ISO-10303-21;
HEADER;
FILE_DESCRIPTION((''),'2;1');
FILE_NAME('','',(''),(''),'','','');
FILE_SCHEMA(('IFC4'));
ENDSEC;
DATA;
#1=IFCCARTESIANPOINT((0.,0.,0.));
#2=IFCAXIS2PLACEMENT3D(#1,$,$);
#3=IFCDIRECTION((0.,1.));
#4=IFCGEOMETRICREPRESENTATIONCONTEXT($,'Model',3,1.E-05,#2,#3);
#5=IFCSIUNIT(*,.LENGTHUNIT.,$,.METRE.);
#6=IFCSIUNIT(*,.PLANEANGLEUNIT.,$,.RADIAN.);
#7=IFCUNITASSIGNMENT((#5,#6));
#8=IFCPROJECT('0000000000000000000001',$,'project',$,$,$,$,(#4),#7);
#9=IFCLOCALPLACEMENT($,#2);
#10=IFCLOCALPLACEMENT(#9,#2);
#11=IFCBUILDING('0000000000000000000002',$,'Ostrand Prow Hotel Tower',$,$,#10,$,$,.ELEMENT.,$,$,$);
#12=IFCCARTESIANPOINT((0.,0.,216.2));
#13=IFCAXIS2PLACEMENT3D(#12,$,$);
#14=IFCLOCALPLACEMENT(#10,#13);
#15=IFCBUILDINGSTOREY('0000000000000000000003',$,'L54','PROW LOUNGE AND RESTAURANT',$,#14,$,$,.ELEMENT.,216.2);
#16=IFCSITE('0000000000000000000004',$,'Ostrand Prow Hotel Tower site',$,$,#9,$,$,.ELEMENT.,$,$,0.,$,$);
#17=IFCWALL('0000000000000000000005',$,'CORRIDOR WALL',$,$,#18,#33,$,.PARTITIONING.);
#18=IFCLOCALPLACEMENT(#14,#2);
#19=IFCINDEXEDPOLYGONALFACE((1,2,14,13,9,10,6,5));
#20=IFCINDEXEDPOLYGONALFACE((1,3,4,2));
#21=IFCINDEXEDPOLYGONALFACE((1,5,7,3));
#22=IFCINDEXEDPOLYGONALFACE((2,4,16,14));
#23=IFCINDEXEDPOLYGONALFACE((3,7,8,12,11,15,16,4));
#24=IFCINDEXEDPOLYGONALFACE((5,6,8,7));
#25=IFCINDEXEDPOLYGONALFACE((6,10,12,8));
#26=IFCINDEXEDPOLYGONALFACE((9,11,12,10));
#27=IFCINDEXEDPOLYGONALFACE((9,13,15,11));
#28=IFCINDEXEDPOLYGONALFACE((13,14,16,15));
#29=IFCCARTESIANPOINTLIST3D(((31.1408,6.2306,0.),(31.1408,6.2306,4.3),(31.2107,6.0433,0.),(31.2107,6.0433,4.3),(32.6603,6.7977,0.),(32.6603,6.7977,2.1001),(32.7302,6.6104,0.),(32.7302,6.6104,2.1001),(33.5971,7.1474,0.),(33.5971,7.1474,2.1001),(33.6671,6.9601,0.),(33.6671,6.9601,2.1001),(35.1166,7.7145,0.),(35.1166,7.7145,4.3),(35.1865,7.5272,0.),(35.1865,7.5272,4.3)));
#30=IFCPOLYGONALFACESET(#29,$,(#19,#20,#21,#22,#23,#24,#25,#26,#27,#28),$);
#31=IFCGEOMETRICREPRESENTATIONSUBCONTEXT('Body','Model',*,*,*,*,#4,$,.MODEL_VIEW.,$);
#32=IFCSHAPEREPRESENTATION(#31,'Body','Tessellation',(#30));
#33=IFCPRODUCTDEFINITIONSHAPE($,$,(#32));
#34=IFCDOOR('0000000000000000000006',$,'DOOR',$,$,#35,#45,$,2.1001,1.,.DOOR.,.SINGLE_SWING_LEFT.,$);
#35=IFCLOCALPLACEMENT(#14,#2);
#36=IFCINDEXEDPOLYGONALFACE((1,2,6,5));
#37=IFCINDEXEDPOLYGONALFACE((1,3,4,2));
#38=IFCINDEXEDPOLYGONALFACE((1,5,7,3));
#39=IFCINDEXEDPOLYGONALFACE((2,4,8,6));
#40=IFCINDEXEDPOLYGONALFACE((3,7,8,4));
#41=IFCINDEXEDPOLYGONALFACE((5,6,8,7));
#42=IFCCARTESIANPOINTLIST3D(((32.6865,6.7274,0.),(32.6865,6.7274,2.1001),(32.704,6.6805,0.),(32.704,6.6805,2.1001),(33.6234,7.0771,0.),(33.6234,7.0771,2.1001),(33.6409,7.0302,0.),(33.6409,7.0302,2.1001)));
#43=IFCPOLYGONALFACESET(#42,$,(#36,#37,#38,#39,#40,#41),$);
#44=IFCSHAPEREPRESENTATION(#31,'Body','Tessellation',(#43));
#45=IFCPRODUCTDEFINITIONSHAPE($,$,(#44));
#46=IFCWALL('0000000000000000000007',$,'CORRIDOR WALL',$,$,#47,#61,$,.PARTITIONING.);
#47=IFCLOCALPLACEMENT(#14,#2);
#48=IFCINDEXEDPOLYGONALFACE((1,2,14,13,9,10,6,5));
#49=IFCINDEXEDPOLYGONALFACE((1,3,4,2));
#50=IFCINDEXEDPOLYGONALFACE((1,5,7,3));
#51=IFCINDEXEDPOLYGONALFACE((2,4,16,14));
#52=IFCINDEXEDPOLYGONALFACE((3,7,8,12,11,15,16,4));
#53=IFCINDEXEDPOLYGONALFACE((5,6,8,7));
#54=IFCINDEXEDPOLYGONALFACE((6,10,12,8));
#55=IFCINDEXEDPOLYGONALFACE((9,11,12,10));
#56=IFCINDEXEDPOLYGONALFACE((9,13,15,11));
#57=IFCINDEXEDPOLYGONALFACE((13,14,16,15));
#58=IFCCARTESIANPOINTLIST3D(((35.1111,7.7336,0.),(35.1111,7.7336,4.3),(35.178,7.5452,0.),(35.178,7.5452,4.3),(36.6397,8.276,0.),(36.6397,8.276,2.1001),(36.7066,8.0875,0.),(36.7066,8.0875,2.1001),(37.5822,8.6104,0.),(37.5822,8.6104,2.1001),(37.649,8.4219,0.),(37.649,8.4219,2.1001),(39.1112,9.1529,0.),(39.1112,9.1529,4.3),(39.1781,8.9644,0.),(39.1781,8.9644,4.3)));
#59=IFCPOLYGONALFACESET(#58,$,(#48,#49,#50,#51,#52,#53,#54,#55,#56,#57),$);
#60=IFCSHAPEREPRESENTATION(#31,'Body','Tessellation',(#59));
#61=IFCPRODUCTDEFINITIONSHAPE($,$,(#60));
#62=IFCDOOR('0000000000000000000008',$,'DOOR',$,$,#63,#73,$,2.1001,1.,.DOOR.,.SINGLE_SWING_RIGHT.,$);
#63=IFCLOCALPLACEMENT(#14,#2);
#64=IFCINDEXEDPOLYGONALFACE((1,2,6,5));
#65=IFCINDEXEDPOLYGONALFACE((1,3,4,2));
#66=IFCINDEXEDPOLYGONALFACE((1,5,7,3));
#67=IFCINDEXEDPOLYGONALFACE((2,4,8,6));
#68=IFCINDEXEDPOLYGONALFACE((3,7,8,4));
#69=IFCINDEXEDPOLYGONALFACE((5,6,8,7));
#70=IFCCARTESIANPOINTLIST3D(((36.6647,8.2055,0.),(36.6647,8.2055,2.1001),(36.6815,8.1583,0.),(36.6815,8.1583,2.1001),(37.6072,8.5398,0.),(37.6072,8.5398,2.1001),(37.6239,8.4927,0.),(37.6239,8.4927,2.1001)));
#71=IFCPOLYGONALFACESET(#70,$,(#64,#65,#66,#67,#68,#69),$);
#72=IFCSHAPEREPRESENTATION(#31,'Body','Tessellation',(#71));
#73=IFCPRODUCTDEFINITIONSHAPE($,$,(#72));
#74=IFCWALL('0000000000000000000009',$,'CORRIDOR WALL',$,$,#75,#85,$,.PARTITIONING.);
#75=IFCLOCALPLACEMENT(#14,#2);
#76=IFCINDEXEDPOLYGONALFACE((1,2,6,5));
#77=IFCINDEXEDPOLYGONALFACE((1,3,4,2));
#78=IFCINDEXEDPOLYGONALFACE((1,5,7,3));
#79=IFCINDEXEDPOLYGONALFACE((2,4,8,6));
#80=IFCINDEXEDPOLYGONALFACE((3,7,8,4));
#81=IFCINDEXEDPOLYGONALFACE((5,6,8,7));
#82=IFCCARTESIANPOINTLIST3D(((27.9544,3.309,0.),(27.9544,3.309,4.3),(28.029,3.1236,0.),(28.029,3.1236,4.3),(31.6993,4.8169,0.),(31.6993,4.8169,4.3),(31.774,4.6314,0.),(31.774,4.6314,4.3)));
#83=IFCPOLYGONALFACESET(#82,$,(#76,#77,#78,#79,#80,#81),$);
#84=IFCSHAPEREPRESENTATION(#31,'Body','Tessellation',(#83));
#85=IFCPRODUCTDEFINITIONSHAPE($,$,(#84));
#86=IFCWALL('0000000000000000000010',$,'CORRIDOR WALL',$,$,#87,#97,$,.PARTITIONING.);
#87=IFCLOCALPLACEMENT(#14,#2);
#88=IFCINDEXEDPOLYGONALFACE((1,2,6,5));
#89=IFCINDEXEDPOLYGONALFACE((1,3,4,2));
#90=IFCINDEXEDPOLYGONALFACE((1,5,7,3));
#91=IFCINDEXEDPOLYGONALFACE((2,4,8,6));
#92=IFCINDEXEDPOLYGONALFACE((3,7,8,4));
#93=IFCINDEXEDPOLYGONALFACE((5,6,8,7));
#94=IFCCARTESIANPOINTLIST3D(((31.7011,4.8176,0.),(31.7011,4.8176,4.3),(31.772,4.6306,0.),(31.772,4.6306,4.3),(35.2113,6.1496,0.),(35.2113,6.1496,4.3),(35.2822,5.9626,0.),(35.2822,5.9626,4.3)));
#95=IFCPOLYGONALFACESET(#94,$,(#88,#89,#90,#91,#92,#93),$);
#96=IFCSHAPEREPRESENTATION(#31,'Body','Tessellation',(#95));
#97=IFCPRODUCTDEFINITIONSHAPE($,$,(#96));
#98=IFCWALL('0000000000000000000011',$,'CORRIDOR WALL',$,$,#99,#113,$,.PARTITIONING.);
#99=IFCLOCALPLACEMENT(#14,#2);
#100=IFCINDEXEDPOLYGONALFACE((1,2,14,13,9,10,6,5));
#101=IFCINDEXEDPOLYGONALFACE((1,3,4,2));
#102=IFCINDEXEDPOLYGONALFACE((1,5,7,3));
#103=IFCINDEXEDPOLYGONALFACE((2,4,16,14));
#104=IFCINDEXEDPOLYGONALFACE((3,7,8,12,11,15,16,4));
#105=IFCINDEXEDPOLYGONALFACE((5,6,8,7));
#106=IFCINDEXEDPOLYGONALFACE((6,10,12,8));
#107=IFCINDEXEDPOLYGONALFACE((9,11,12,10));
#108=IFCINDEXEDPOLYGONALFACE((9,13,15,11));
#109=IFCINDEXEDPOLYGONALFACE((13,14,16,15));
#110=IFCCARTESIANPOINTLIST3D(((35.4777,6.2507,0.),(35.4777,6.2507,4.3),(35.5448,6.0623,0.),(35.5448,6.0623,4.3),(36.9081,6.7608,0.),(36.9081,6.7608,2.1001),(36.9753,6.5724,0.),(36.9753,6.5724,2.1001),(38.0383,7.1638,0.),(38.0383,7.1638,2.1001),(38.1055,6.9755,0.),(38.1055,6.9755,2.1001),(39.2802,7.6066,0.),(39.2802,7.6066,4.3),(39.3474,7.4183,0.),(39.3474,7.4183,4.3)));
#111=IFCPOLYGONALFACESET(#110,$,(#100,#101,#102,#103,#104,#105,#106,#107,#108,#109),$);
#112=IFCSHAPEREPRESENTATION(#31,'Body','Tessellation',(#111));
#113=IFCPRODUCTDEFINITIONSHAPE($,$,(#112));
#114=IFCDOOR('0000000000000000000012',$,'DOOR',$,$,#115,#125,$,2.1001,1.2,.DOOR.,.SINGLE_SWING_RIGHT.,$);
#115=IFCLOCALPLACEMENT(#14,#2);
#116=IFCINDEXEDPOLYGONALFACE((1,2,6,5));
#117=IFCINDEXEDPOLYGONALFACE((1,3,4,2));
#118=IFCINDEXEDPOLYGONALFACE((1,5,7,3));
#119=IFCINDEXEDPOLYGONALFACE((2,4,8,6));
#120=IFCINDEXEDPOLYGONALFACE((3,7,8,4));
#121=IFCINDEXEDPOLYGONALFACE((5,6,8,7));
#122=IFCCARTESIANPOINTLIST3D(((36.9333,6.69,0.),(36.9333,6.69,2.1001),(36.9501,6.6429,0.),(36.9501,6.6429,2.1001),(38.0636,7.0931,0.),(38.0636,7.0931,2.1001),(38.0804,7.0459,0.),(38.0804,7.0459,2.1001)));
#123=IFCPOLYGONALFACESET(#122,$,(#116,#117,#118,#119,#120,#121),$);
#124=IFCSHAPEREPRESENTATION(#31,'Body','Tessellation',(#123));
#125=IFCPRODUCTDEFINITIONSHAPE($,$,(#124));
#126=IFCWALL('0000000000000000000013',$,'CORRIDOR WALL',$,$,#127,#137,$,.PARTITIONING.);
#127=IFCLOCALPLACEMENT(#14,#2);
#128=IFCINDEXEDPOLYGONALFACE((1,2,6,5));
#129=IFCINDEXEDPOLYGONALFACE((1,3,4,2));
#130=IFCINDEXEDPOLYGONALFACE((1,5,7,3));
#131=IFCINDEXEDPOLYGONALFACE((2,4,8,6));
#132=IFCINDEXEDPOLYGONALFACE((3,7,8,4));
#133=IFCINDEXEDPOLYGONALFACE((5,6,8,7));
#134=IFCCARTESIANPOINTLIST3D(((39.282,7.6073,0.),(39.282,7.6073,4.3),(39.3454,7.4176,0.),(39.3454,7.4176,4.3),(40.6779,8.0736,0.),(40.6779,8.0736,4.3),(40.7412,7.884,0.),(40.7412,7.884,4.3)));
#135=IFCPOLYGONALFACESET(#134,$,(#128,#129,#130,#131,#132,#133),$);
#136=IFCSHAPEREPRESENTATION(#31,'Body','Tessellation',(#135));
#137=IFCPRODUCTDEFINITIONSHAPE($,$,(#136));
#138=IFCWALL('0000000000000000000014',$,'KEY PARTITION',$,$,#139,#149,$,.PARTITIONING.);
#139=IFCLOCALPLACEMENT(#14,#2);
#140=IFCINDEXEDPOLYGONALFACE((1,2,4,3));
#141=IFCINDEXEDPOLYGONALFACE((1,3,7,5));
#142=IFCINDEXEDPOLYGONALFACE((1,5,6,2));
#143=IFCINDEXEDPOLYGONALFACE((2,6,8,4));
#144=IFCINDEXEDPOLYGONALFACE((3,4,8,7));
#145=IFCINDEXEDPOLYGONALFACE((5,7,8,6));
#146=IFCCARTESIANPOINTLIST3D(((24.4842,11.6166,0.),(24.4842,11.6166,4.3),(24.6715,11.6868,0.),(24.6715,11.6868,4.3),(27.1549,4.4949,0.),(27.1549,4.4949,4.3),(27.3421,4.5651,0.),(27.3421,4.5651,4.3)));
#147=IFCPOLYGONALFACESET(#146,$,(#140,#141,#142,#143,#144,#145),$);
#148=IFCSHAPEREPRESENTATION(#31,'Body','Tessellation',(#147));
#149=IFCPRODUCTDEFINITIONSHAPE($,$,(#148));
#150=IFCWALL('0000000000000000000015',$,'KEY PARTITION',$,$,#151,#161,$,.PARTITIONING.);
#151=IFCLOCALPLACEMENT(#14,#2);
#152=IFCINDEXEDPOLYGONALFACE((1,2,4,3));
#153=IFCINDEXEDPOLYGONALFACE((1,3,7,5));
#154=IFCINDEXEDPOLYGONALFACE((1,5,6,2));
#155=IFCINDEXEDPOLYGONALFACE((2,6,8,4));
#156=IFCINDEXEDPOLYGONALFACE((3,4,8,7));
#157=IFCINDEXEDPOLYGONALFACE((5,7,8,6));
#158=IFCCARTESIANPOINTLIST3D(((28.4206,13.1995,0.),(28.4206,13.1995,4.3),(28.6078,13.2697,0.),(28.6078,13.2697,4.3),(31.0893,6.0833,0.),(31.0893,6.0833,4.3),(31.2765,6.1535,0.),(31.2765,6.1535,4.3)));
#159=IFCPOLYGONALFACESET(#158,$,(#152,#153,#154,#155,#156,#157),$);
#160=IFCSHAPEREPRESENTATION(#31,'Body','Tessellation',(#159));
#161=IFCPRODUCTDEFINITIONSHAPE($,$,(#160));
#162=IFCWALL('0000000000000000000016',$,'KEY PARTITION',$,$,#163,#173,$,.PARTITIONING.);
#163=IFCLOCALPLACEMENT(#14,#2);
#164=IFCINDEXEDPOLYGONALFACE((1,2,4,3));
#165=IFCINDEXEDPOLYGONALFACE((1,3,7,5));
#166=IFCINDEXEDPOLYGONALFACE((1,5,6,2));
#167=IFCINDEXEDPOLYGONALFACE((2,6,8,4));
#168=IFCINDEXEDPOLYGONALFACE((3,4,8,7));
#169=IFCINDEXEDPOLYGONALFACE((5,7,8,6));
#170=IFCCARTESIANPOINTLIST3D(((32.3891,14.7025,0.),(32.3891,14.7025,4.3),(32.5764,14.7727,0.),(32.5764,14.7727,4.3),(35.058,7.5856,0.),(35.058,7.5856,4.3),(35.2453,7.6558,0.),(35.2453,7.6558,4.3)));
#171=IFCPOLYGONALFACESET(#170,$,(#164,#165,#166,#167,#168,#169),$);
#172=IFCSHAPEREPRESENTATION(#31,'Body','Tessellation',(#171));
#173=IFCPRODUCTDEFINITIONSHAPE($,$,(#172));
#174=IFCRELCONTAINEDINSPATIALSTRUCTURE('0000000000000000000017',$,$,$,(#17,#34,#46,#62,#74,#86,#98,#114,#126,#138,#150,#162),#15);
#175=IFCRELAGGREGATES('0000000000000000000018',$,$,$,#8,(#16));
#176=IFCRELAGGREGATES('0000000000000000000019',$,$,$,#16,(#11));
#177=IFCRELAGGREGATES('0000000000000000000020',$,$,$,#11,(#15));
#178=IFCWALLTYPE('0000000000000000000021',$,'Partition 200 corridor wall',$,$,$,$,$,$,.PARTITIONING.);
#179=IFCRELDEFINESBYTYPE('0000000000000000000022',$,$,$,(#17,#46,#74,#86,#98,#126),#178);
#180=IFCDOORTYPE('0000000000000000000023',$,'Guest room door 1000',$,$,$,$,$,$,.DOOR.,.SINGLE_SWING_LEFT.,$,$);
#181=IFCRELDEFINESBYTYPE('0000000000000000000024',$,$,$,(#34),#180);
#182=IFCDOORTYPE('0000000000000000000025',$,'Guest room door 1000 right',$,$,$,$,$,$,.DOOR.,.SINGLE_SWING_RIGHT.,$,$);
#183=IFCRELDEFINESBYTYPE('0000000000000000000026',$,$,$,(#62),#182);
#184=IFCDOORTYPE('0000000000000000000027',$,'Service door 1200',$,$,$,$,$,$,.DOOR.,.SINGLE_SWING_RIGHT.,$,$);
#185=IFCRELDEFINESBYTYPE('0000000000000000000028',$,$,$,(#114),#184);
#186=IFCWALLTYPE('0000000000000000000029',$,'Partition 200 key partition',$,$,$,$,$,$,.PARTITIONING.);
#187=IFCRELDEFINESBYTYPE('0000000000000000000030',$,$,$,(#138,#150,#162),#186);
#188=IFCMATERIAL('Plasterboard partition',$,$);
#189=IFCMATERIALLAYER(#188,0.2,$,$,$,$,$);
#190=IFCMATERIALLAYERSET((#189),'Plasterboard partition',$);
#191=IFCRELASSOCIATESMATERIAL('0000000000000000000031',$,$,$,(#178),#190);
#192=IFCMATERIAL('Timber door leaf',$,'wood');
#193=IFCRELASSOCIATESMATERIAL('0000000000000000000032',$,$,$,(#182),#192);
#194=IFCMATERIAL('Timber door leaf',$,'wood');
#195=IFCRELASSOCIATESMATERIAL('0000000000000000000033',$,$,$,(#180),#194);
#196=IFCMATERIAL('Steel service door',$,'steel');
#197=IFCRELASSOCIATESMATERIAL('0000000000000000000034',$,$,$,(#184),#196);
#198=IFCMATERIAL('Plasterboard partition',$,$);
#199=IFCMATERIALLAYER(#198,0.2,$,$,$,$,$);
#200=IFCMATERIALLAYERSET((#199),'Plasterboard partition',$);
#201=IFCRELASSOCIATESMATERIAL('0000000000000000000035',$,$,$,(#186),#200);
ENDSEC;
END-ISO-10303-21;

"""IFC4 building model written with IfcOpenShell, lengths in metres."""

from ifc_helpers import new_model, si_unit, direction, frame, frame_2d, origin, place, context, subcontext, project, spatial, rectangle, extrude, material, layer, layer_set, type_object, element, fill, save


model = new_model("IFC4")

# Units and contexts
model_context = context("Model", 3, precision=1e-05, world=origin(), true_north=direction((0.0, 1.0)))
body_context = subcontext(model_context, "Body", "Model", "MODEL_VIEW")
ifc_project = project(units=[si_unit("LENGTHUNIT", "METRE"), si_unit("PLANEANGLEUNIT", "RADIAN")], contexts=[model_context])

# Site, building, storey
site_placement = place(None, origin())
site = spatial("IfcSite", under=ifc_project, at=site_placement, Name="Ostrand Prow Hotel Tower site", CompositionType="ELEMENT", RefElevation=0.0)
building_placement = place(site_placement, origin())
building = spatial("IfcBuilding", under=site, at=building_placement, Name="Ostrand Prow Hotel Tower", CompositionType="ELEMENT")
storey_placement = place(building_placement, frame((0.0, 0.0, 216.2)))
storey = spatial("IfcBuildingStorey", under=building, at=storey_placement, Name="L54", Description="PROW LOUNGE AND RESTAURANT", CompositionType="ELEMENT", Elevation=216.2)

# Walls, openings, doors
ifc_material_1 = material(Name="Plasterboard partition")
ifc_layer_1 = layer(ifc_material_1, 0.2)
ifc_layer_set_1 = layer_set([ifc_layer_1], Name="Plasterboard partition")
wall_type_1 = type_object("IfcWallType", Name="Partition 200 corridor wall", PredefinedType="PARTITIONING", material=ifc_layer_set_1)
ifc_material_2 = material(Name="Timber door leaf", Category="wood")
door_type_1 = type_object("IfcDoorType", Name="Guest room door 1000 right", OperationType="SINGLE_SWING_RIGHT", PredefinedType="DOOR", material=ifc_material_2)
wall_1_placement = place(storey_placement, frame((31.1758, 6.137, 0.0), z_axis=(0.0, 0.0, 1.0), x_axis=(0.936874, 0.349667, 0.0)))
wall_1 = element("IfcWall", 1, at=wall_1_placement, inside=storey, type_object=wall_type_1, Name="CORRIDOR WALL", PredefinedType="PARTITIONING", context=body_context, shape_type="SweptSolid", body=[
    extrude(rectangle(XDim=4.2437, YDim=0.2, at=frame_2d((2.1218, 0.0))), origin(), (0.0, 0.0, 1.0), 4.3),
])
opening_1_placement = place(wall_1_placement, frame((1.6218, 0.0, 0.0)))
opening_1 = element("IfcOpeningElement", 2, at=opening_1_placement, cuts=wall_1, PredefinedType="OPENING", context=body_context, shape_type="SweptSolid", body=[
    extrude(rectangle(XDim=1.0, YDim=2.1001, at=frame_2d((0.5, 1.05))), frame((0.0, 0.1099, 0.0), z_axis=(0.0, -1.0, 0.0), x_axis=(1.0, 0.0, 0.0)), (0.0, 0.0, 1.0), 0.22),
])
ifc_material_3 = material(Name="Timber door leaf", Category="wood")
door_type_2 = type_object("IfcDoorType", Name="Guest room door 1000", OperationType="SINGLE_SWING_LEFT", PredefinedType="DOOR", material=ifc_material_3)
door_1_placement = place(opening_1_placement, origin())
door_1 = element("IfcDoor", 3, at=door_1_placement, inside=storey, type_object=door_type_2, Name="DOOR", OperationType="SINGLE_SWING_LEFT", OverallHeight=2.1001, OverallWidth=1.0, PredefinedType="DOOR", context=body_context, shape_type="SweptSolid", body=[
    extrude(rectangle(XDim=1.0, YDim=2.1001, at=frame_2d((0.5, 1.05))), frame((0.0, 0.0249, 0.0), z_axis=(0.0, -1.0, 0.0), x_axis=(1.0, 0.0, 0.0)), (0.0, 0.0, 1.0), 0.05),
])
fill(opening_1, door_1)
wall_2_placement = place(storey_placement, frame((39.1445, 9.0586, 0.0), z_axis=(0.0, 0.0, 1.0), x_axis=(-0.94244, -0.334375, 0.0)))
wall_2 = element("IfcWall", 4, at=wall_2_placement, inside=storey, type_object=wall_type_1, Name="CORRIDOR WALL", PredefinedType="PARTITIONING", context=body_context, shape_type="SweptSolid", body=[
    extrude(rectangle(XDim=4.2444, YDim=0.2, at=frame_2d((2.1221, 0.0))), origin(), (0.0, 0.0, 1.0), 4.3),
])
opening_2_placement = place(wall_2_placement, frame((1.6223, 0.0, 0.0)))
opening_2 = element("IfcOpeningElement", 5, at=opening_2_placement, cuts=wall_2, PredefinedType="OPENING", context=body_context, shape_type="SweptSolid", body=[
    extrude(rectangle(XDim=1.0, YDim=2.1001, at=frame_2d((0.5, 1.05))), frame((0.0, 0.1099, 0.0), z_axis=(0.0, -1.0, 0.0), x_axis=(1.0, 0.0, 0.0)), (0.0, 0.0, 1.0), 0.22),
])
door_2_placement = place(opening_2_placement, origin())
door_2 = element("IfcDoor", 6, at=door_2_placement, inside=storey, type_object=door_type_1, Name="DOOR", OperationType="SINGLE_SWING_RIGHT", OverallHeight=2.1001, OverallWidth=1.0, PredefinedType="DOOR", context=body_context, shape_type="SweptSolid", body=[
    extrude(rectangle(XDim=1.0, YDim=2.1001, at=frame_2d((0.5, 1.05))), frame((0.0, 0.0249, 0.0), z_axis=(0.0, -1.0, 0.0), x_axis=(1.0, 0.0, 0.0)), (0.0, 0.0, 1.0), 0.05),
])
fill(opening_2, door_2)

# Walls
wall_3_placement = place(storey_placement, frame((27.9917, 3.2163, 0.0), z_axis=(0.0, 0.0, 1.0), x_axis=(0.927632, 0.373496, 0.0)))
element("IfcWall", 7, at=wall_3_placement, inside=storey, type_object=wall_type_1, Name="CORRIDOR WALL", PredefinedType="PARTITIONING", context=body_context, shape_type="SweptSolid", body=[
    extrude(rectangle(XDim=4.0371, YDim=0.2, at=frame_2d((2.0186, 0.0))), origin(), (0.0, 0.0, 1.0), 4.3),
])
wall_4_placement = place(storey_placement, frame((31.7366, 4.7241, 0.0), z_axis=(0.0, 0.0, 1.0), x_axis=(0.934948, 0.354784, 0.0)))
element("IfcWall", 8, at=wall_4_placement, inside=storey, type_object=wall_type_1, Name="CORRIDOR WALL", PredefinedType="PARTITIONING", context=body_context, shape_type="SweptSolid", body=[
    extrude(rectangle(XDim=3.7544, YDim=0.2, at=frame_2d((1.8772, 0.0))), origin(), (0.0, 0.0, 1.0), 4.3),
])

# Wall, opening, door
wall_5_placement = place(storey_placement, frame((35.5112, 6.1565, 0.0), z_axis=(0.0, 0.0, 1.0), x_axis=(0.941905, 0.33588, 0.0)))
wall_5 = element("IfcWall", 9, at=wall_5_placement, inside=storey, type_object=wall_type_1, Name="CORRIDOR WALL", PredefinedType="PARTITIONING", context=body_context, shape_type="SweptSolid", body=[
    extrude(rectangle(XDim=4.0371, YDim=0.2, at=frame_2d((2.0186, 0.0))), origin(), (0.0, 0.0, 1.0), 4.3),
])
opening_3_placement = place(wall_5_placement, frame((1.5186, 0.0, 0.0)))
opening_3 = element("IfcOpeningElement", 10, at=opening_3_placement, cuts=wall_5, PredefinedType="OPENING", context=body_context, shape_type="SweptSolid", body=[
    extrude(rectangle(XDim=1.2, YDim=2.1001, at=frame_2d((0.6001, 1.05))), frame((0.0, 0.1099, 0.0), z_axis=(0.0, -1.0, 0.0), x_axis=(1.0, 0.0, 0.0)), (0.0, 0.0, 1.0), 0.22),
])
ifc_material_4 = material(Name="Steel service door", Category="steel")
door_type_3 = type_object("IfcDoorType", Name="Service door 1200", OperationType="SINGLE_SWING_RIGHT", PredefinedType="DOOR", material=ifc_material_4)
door_3_placement = place(opening_3_placement, origin())
door_3 = element("IfcDoor", 11, at=door_3_placement, inside=storey, type_object=door_type_3, Name="DOOR", OperationType="SINGLE_SWING_RIGHT", OverallHeight=2.1001, OverallWidth=1.2, PredefinedType="DOOR", context=body_context, shape_type="SweptSolid", body=[
    extrude(rectangle(XDim=1.2, YDim=2.1001, at=frame_2d((0.6001, 1.05))), frame((0.0, 0.0249, 0.0), z_axis=(0.0, -1.0, 0.0), x_axis=(1.0, 0.0, 0.0)), (0.0, 0.0, 1.0), 0.05),
])
fill(opening_3, door_3)

# Walls
wall_6_placement = place(storey_placement, frame((39.3137, 7.5125, 0.0), z_axis=(0.0, 0.0, 1.0), x_axis=(0.948467, 0.316875, 0.0)))
element("IfcWall", 12, at=wall_6_placement, inside=storey, type_object=wall_type_1, Name="CORRIDOR WALL", PredefinedType="PARTITIONING", context=body_context, shape_type="SweptSolid", body=[
    extrude(rectangle(XDim=1.4717, YDim=0.2, at=frame_2d((0.7358, 0.0))), origin(), (0.0, 0.0, 1.0), 4.3),
])
ifc_material_5 = material(Name="Plasterboard partition")
ifc_layer_2 = layer(ifc_material_5, 0.2)
ifc_layer_set_2 = layer_set([ifc_layer_2], Name="Plasterboard partition")
wall_type_2 = type_object("IfcWallType", Name="Partition 200 key partition", PredefinedType="PARTITIONING", material=ifc_layer_set_2)
wall_7_placement = place(storey_placement, frame((27.2485, 4.53, 0.0), z_axis=(0.0, 0.0, 1.0), x_axis=(-0.35113, 0.936327, 0.0)))
element("IfcWall", 13, at=wall_7_placement, inside=storey, type_object=wall_type_2, Name="KEY PARTITION", PredefinedType="PARTITIONING", context=body_context, shape_type="SweptSolid", body=[
    extrude(rectangle(XDim=7.606, YDim=0.2, at=frame_2d((3.803, 0.0))), origin(), (0.0, 0.0, 1.0), 4.3),
])
wall_8_placement = place(storey_placement, frame((31.1829, 6.1184, 0.0), z_axis=(0.0, 0.0, 1.0), x_axis=(-0.351138, 0.936324, 0.0)))
element("IfcWall", 14, at=wall_8_placement, inside=storey, type_object=wall_type_2, Name="KEY PARTITION", PredefinedType="PARTITIONING", context=body_context, shape_type="SweptSolid", body=[
    extrude(rectangle(XDim=7.6001, YDim=0.2, at=frame_2d((3.8, 0.0))), origin(), (0.0, 0.0, 1.0), 4.3),
])
wall_9_placement = place(storey_placement, frame((35.1516, 7.6208, 0.0), z_axis=(0.0, 0.0, 1.0), x_axis=(-0.351134, 0.936325, 0.0)))
element("IfcWall", 15, at=wall_9_placement, inside=storey, type_object=wall_type_2, Name="KEY PARTITION", PredefinedType="PARTITIONING", context=body_context, shape_type="SweptSolid", body=[
    extrude(rectangle(XDim=7.6008, YDim=0.2, at=frame_2d((3.8003, 0.0))), origin(), (0.0, 0.0, 1.0), 4.3),
])

save(model, "model.ifc")
